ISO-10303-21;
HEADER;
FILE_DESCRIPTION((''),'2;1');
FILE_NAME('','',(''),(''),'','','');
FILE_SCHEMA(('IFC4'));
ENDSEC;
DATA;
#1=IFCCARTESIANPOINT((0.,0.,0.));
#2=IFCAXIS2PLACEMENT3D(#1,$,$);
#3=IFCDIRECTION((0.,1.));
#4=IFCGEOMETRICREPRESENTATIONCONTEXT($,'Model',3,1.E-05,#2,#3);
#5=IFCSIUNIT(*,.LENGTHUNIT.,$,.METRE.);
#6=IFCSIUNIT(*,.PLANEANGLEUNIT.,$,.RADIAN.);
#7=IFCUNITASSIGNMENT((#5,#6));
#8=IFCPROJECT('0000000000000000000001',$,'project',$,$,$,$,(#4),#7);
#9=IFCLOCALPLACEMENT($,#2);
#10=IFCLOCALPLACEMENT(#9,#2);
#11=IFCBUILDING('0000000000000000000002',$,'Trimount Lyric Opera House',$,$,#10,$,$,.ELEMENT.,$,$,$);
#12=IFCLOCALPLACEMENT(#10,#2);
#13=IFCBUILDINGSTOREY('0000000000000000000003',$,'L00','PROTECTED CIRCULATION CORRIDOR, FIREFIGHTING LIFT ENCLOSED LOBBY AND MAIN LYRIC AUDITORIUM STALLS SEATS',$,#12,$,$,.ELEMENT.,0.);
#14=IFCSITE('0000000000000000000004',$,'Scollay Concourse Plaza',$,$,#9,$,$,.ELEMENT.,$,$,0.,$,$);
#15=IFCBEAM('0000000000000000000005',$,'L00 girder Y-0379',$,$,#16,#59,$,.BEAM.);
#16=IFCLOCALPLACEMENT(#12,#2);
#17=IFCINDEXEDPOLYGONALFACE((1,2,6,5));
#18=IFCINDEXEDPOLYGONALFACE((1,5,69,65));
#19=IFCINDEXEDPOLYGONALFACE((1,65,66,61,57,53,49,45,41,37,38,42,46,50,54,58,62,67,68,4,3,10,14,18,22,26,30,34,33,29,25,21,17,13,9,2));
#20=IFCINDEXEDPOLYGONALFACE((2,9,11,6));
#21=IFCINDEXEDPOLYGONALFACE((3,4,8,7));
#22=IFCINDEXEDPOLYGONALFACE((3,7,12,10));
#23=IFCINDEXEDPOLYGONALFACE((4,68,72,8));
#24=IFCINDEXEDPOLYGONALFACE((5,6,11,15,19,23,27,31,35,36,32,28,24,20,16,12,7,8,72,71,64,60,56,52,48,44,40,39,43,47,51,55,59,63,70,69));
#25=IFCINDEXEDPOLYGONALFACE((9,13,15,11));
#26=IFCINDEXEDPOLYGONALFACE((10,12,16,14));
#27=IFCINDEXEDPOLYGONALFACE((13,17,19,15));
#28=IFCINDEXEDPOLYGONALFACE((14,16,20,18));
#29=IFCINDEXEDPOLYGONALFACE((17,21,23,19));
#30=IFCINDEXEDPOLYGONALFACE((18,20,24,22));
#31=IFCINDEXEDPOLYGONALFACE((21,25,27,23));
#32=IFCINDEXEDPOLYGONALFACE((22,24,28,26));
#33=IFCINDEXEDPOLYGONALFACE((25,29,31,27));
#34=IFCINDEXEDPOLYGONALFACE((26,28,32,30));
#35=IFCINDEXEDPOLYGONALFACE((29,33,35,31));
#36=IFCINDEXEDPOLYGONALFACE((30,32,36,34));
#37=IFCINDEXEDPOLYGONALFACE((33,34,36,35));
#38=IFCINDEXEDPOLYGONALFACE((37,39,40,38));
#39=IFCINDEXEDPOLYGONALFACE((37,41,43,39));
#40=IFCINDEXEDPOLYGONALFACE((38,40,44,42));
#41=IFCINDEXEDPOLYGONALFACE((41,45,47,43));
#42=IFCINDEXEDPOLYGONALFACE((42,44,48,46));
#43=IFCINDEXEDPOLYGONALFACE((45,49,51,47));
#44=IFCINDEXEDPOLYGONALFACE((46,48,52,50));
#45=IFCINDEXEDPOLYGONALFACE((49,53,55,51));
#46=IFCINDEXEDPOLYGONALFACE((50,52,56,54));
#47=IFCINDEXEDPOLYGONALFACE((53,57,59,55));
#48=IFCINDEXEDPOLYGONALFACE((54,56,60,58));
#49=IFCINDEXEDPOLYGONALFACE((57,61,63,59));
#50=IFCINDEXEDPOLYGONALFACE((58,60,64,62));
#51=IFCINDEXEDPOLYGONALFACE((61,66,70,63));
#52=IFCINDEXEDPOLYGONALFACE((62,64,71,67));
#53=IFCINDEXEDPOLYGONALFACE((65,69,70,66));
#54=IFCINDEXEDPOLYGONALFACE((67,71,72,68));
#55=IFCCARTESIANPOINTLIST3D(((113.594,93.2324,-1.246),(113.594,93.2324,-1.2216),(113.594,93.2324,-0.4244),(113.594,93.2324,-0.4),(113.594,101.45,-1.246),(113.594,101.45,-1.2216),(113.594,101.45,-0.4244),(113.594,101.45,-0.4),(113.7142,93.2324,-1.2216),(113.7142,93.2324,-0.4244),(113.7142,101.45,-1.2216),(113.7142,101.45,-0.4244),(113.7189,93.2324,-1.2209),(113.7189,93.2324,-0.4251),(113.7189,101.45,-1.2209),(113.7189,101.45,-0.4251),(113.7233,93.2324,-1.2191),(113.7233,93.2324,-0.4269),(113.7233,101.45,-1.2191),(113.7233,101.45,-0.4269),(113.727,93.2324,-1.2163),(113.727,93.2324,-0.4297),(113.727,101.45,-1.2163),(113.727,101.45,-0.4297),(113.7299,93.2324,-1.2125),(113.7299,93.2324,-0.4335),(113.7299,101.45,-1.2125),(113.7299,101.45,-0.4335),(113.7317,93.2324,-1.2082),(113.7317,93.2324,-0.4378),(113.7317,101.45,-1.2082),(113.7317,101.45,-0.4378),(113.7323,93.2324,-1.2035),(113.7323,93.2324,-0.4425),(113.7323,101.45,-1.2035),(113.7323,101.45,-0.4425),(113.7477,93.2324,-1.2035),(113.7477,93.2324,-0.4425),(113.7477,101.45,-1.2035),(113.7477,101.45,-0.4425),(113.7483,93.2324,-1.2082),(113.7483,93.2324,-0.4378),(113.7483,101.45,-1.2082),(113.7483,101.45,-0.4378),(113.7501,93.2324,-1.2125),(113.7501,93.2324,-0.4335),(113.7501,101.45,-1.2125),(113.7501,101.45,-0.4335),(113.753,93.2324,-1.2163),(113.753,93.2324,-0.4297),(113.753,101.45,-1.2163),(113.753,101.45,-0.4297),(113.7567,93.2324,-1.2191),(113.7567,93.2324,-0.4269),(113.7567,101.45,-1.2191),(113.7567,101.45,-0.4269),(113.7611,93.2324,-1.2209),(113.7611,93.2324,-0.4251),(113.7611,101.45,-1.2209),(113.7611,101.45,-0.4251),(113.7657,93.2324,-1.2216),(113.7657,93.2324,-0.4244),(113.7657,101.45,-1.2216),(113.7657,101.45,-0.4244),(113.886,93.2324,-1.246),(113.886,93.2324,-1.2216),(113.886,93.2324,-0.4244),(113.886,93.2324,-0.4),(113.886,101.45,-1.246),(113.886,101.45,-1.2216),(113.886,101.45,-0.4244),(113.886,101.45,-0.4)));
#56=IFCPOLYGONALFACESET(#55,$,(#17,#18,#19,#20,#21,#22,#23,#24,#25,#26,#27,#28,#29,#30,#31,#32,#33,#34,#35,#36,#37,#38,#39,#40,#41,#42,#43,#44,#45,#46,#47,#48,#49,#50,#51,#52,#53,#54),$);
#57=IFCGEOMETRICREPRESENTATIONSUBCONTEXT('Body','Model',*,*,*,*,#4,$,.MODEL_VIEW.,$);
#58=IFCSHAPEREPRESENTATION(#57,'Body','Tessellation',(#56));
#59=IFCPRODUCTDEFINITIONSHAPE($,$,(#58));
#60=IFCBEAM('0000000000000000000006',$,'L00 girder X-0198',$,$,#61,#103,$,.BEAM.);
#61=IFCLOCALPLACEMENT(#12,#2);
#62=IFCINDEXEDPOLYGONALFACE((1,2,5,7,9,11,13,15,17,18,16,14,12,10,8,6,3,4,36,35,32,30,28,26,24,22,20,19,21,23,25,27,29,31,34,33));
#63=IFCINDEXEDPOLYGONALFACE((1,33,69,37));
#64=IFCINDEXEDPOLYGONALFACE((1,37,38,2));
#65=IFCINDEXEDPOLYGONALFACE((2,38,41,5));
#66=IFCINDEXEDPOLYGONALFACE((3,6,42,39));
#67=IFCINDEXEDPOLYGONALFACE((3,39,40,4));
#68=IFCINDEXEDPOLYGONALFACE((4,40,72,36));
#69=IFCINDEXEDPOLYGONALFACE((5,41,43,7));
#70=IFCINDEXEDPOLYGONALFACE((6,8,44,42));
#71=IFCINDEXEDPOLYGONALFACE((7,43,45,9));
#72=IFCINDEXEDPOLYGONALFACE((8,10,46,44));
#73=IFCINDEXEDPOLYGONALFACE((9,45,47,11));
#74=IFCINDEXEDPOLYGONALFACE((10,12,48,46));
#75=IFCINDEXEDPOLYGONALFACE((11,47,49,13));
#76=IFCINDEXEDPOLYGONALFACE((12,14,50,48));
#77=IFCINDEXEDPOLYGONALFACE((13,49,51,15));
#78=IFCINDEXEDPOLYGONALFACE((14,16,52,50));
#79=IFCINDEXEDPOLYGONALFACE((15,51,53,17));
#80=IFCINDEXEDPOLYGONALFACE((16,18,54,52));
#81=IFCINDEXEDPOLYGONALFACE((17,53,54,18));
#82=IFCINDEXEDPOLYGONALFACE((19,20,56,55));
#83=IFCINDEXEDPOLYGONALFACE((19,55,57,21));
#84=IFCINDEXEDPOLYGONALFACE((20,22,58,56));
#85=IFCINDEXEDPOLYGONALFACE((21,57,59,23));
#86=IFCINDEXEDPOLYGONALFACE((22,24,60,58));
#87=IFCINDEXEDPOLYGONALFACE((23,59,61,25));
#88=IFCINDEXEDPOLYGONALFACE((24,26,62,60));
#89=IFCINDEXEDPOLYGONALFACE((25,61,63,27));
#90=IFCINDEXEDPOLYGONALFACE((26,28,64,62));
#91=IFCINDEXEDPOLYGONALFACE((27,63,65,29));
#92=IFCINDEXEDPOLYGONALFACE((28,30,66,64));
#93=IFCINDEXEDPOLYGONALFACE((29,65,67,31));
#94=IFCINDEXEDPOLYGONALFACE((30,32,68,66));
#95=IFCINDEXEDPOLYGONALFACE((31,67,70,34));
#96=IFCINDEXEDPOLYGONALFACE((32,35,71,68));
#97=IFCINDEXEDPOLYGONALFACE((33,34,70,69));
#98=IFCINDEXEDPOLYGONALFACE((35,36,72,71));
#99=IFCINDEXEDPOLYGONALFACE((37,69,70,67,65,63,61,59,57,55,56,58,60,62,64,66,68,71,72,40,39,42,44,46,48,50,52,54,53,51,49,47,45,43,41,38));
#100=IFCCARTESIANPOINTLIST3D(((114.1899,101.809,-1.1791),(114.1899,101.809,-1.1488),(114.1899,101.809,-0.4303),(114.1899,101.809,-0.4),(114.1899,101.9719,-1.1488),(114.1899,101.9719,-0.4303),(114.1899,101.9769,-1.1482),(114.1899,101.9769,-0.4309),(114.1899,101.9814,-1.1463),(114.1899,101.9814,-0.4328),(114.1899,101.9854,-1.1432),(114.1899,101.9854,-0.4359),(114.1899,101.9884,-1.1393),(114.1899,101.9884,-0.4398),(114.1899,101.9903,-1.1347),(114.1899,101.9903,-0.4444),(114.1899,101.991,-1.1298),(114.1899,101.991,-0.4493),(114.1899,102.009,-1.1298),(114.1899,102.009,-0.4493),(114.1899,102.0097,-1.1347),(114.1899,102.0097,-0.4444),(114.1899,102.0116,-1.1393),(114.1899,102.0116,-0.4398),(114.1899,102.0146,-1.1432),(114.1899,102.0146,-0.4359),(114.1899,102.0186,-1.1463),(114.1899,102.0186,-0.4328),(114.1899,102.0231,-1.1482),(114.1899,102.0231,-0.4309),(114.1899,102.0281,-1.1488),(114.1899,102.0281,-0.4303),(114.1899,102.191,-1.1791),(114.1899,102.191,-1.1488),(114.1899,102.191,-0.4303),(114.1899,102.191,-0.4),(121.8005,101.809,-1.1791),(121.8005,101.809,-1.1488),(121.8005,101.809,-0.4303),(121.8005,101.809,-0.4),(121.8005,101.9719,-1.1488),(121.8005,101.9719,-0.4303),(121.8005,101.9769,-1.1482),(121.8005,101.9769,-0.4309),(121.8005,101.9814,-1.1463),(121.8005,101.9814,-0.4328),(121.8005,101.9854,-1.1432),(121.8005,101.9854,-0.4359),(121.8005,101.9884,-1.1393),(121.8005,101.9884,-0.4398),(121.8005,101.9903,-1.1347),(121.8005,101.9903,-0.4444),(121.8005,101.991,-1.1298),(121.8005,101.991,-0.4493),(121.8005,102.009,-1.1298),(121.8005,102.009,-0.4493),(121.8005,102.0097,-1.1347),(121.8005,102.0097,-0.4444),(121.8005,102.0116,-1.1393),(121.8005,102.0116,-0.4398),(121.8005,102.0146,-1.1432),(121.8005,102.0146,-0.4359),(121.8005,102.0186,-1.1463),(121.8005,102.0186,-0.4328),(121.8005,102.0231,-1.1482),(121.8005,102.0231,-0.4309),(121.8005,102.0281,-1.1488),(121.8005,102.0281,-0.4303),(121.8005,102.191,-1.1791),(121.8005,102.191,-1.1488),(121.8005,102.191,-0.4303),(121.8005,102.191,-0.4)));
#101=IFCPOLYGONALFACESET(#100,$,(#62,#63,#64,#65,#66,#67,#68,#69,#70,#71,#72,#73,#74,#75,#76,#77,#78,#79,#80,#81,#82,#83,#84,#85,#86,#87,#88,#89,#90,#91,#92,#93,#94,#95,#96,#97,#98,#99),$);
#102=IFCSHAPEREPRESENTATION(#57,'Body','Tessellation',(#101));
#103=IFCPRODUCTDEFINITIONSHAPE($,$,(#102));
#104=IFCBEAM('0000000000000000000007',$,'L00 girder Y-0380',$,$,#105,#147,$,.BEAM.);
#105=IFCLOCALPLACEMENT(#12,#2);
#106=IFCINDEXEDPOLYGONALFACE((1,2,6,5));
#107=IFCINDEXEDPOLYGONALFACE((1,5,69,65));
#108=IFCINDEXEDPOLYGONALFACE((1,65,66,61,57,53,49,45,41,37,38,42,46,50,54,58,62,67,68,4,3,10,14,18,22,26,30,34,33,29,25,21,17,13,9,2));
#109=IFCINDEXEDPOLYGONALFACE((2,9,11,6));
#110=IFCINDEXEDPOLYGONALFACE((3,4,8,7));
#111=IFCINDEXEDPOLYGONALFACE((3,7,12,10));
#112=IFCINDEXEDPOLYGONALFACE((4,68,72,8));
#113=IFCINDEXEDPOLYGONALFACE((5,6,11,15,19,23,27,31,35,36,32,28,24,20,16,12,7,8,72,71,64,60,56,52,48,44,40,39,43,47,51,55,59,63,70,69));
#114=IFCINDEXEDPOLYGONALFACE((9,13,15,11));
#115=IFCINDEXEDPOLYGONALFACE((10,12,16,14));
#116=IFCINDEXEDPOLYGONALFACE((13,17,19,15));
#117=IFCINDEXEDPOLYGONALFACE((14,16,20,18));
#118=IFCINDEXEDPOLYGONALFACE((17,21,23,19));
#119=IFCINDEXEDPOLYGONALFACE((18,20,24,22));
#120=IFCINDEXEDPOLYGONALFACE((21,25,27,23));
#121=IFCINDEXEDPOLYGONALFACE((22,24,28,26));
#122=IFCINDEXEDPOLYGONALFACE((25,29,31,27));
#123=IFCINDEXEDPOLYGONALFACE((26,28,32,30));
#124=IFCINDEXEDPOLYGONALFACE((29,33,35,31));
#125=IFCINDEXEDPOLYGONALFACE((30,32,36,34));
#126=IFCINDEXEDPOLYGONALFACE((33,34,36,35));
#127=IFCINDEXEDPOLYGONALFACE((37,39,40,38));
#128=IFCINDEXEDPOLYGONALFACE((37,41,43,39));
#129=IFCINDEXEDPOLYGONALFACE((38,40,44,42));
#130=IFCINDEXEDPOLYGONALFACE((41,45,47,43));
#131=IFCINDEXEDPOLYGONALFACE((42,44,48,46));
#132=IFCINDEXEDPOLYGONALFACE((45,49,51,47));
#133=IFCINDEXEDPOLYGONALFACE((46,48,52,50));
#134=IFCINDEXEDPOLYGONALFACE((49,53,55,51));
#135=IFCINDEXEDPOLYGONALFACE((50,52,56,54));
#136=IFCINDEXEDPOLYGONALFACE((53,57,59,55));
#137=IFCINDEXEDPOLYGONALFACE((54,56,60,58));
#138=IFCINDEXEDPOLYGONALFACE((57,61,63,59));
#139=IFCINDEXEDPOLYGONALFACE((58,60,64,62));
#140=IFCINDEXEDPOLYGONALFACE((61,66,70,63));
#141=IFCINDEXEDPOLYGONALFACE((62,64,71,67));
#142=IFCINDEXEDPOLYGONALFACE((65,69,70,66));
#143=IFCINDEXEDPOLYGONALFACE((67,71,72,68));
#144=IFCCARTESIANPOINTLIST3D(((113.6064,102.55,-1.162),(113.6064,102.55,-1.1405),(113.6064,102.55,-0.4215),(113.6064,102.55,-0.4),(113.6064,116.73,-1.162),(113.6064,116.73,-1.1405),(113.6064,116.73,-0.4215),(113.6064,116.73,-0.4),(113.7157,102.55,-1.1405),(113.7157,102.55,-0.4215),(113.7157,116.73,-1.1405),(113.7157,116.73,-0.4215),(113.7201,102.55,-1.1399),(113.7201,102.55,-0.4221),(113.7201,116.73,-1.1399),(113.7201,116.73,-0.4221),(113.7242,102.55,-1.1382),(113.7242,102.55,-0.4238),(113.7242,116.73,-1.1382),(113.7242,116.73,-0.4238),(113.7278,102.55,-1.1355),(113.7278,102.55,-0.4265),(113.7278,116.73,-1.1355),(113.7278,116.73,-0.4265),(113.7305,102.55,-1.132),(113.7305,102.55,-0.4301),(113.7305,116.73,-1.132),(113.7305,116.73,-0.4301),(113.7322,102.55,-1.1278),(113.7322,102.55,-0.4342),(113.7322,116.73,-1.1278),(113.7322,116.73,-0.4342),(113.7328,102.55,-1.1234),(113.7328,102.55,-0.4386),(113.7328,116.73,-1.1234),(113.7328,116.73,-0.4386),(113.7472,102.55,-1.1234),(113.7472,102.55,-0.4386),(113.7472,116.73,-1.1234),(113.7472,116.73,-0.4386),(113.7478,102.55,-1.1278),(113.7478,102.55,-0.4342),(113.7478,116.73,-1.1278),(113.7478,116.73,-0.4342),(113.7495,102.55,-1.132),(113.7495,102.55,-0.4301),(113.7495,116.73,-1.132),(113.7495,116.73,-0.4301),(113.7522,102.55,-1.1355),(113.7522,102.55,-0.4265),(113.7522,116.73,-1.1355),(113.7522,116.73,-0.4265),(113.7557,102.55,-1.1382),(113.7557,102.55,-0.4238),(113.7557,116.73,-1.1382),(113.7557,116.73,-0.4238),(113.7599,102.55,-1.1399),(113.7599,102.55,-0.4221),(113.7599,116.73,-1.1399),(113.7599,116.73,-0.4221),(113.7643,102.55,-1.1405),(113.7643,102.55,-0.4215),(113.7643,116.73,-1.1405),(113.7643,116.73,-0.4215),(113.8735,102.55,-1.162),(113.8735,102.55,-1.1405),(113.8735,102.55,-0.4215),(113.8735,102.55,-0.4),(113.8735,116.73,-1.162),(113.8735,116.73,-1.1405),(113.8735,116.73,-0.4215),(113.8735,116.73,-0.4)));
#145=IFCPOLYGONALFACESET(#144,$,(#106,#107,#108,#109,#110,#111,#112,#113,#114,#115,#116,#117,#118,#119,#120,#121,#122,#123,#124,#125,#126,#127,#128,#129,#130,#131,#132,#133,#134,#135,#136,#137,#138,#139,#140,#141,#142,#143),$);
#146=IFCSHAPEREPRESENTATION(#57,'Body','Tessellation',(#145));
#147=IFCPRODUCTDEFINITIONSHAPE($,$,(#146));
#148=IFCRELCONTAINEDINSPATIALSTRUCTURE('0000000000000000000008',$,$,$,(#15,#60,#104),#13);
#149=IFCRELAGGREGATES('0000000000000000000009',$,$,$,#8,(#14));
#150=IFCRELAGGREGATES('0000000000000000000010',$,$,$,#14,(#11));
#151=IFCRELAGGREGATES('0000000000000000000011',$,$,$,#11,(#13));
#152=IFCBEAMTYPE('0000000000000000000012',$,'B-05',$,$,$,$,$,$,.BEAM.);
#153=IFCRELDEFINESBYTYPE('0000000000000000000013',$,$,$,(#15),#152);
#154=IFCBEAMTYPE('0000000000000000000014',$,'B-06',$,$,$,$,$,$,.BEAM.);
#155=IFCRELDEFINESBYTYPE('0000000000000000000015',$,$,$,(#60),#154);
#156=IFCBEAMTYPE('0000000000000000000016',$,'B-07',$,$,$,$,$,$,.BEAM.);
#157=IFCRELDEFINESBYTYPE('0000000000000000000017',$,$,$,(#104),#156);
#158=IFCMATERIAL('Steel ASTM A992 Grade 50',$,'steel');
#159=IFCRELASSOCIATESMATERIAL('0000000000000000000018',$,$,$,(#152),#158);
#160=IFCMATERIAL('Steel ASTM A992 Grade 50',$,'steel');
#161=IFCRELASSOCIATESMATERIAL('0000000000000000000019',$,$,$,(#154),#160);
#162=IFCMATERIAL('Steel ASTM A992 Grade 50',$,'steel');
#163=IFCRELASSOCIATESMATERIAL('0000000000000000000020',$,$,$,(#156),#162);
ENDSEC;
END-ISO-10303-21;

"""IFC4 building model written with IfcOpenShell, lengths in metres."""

from ifc_helpers import new_model, si_unit, direction, frame, origin, origin_2d, place, context, subcontext, project, spatial, i_section, extrude, material, material_profile, profile_set, type_object, element, save


model = new_model("IFC4")

# Units and contexts
model_context = context("Model", 3, precision=1e-05, world=origin(), true_north=direction((0.0, 1.0)))
body_context = subcontext(model_context, "Body", "Model", "MODEL_VIEW")
ifc_project = project(units=[si_unit("LENGTHUNIT", "METRE"), si_unit("PLANEANGLEUNIT", "RADIAN")], contexts=[model_context])

# Site, building, storey
site_placement = place(None, origin())
site = spatial("IfcSite", under=ifc_project, at=site_placement, Name="Scollay Concourse Plaza", CompositionType="ELEMENT", RefElevation=0.0)
building_placement = place(site_placement, origin())
building = spatial("IfcBuilding", under=site, at=building_placement, Name="Trimount Lyric Opera House", CompositionType="ELEMENT")
storey_placement = place(building_placement, origin())
storey = spatial("IfcBuildingStorey", under=building, at=storey_placement, Name="L00", Description="PROTECTED CIRCULATION CORRIDOR, FIREFIGHTING LIFT ENCLOSED LOBBY AND MAIN LYRIC AUDITORIUM STALLS SEATS", CompositionType="ELEMENT", Elevation=0.0)

# Beams
ifc_material_1 = material(Name="Steel ASTM A992 Grade 50", Category="steel")
ifc_material_profile_1 = material_profile(ifc_material_1, i_section(OverallWidth=0.292, OverallDepth=0.8459, WebThickness=0.0154, FlangeThickness=0.0244, FilletRadius=0.0181, at=origin_2d()), Name="W33X141")
ifc_profile_set_1 = profile_set([ifc_material_profile_1], Name="Steel ASTM A992 Grade 50")
beam_type_1 = type_object("IfcBeamType", Name="B-05", PredefinedType="BEAM", material=ifc_profile_set_1)
beam_1_placement = place(storey_placement, frame((113.74, 93.2324, -0.823), z_axis=(0.0, 1.0, 0.0), x_axis=(-1.0, 0.0, 0.0)))
element("IfcBeam", 1, at=beam_1_placement, inside=storey, type_object=beam_type_1, Name="L00 girder Y-0379", PredefinedType="BEAM", context=body_context, shape_type="SweptSolid", body=[
    extrude(i_section(OverallWidth=0.292, OverallDepth=0.8459, WebThickness=0.0154, FlangeThickness=0.0244, FilletRadius=0.0181, at=origin_2d()), origin(), (0.0, 0.0, 1.0), 8.2175),
])
ifc_material_2 = material(Name="Steel ASTM A992 Grade 50", Category="steel")
ifc_material_profile_2 = material_profile(ifc_material_2, i_section(OverallWidth=0.3821, OverallDepth=0.7791, WebThickness=0.0181, FlangeThickness=0.0303, FilletRadius=0.019, at=origin_2d()), Name="W30X191")
ifc_profile_set_2 = profile_set([ifc_material_profile_2], Name="Steel ASTM A992 Grade 50")
beam_type_2 = type_object("IfcBeamType", Name="B-06", PredefinedType="BEAM", material=ifc_profile_set_2)
beam_2_placement = place(storey_placement, frame((114.1899, 102.0, -0.7896), z_axis=(1.0, 0.0, 0.0), x_axis=(0.0, 1.0, 0.0)))
element("IfcBeam", 2, at=beam_2_placement, inside=storey, type_object=beam_type_2, Name="L00 girder X-0198", PredefinedType="BEAM", context=body_context, shape_type="SweptSolid", body=[
    extrude(i_section(OverallWidth=0.3821, OverallDepth=0.7791, WebThickness=0.0181, FlangeThickness=0.0303, FilletRadius=0.019, at=origin_2d()), origin(), (0.0, 0.0, 1.0), 7.6106),
])
ifc_material_3 = material(Name="Steel ASTM A992 Grade 50", Category="steel")
ifc_material_profile_3 = material_profile(ifc_material_3, i_section(OverallWidth=0.2671, OverallDepth=0.762, WebThickness=0.0144, FlangeThickness=0.0215, FilletRadius=0.0171, at=origin_2d()), Name="W30X116")
ifc_profile_set_3 = profile_set([ifc_material_profile_3], Name="Steel ASTM A992 Grade 50")
beam_type_3 = type_object("IfcBeamType", Name="B-07", PredefinedType="BEAM", material=ifc_profile_set_3)
beam_3_placement = place(storey_placement, frame((113.74, 102.55, -0.781), z_axis=(0.0, 1.0, 0.0), x_axis=(-1.0, 0.0, 0.0)))
element("IfcBeam", 3, at=beam_3_placement, inside=storey, type_object=beam_type_3, Name="L00 girder Y-0380", PredefinedType="BEAM", context=body_context, shape_type="SweptSolid", body=[
    extrude(i_section(OverallWidth=0.2671, OverallDepth=0.762, WebThickness=0.0144, FlangeThickness=0.0215, FilletRadius=0.0171, at=origin_2d()), origin(), (0.0, 0.0, 1.0), 14.1799),
])

save(model, "model.ifc")
